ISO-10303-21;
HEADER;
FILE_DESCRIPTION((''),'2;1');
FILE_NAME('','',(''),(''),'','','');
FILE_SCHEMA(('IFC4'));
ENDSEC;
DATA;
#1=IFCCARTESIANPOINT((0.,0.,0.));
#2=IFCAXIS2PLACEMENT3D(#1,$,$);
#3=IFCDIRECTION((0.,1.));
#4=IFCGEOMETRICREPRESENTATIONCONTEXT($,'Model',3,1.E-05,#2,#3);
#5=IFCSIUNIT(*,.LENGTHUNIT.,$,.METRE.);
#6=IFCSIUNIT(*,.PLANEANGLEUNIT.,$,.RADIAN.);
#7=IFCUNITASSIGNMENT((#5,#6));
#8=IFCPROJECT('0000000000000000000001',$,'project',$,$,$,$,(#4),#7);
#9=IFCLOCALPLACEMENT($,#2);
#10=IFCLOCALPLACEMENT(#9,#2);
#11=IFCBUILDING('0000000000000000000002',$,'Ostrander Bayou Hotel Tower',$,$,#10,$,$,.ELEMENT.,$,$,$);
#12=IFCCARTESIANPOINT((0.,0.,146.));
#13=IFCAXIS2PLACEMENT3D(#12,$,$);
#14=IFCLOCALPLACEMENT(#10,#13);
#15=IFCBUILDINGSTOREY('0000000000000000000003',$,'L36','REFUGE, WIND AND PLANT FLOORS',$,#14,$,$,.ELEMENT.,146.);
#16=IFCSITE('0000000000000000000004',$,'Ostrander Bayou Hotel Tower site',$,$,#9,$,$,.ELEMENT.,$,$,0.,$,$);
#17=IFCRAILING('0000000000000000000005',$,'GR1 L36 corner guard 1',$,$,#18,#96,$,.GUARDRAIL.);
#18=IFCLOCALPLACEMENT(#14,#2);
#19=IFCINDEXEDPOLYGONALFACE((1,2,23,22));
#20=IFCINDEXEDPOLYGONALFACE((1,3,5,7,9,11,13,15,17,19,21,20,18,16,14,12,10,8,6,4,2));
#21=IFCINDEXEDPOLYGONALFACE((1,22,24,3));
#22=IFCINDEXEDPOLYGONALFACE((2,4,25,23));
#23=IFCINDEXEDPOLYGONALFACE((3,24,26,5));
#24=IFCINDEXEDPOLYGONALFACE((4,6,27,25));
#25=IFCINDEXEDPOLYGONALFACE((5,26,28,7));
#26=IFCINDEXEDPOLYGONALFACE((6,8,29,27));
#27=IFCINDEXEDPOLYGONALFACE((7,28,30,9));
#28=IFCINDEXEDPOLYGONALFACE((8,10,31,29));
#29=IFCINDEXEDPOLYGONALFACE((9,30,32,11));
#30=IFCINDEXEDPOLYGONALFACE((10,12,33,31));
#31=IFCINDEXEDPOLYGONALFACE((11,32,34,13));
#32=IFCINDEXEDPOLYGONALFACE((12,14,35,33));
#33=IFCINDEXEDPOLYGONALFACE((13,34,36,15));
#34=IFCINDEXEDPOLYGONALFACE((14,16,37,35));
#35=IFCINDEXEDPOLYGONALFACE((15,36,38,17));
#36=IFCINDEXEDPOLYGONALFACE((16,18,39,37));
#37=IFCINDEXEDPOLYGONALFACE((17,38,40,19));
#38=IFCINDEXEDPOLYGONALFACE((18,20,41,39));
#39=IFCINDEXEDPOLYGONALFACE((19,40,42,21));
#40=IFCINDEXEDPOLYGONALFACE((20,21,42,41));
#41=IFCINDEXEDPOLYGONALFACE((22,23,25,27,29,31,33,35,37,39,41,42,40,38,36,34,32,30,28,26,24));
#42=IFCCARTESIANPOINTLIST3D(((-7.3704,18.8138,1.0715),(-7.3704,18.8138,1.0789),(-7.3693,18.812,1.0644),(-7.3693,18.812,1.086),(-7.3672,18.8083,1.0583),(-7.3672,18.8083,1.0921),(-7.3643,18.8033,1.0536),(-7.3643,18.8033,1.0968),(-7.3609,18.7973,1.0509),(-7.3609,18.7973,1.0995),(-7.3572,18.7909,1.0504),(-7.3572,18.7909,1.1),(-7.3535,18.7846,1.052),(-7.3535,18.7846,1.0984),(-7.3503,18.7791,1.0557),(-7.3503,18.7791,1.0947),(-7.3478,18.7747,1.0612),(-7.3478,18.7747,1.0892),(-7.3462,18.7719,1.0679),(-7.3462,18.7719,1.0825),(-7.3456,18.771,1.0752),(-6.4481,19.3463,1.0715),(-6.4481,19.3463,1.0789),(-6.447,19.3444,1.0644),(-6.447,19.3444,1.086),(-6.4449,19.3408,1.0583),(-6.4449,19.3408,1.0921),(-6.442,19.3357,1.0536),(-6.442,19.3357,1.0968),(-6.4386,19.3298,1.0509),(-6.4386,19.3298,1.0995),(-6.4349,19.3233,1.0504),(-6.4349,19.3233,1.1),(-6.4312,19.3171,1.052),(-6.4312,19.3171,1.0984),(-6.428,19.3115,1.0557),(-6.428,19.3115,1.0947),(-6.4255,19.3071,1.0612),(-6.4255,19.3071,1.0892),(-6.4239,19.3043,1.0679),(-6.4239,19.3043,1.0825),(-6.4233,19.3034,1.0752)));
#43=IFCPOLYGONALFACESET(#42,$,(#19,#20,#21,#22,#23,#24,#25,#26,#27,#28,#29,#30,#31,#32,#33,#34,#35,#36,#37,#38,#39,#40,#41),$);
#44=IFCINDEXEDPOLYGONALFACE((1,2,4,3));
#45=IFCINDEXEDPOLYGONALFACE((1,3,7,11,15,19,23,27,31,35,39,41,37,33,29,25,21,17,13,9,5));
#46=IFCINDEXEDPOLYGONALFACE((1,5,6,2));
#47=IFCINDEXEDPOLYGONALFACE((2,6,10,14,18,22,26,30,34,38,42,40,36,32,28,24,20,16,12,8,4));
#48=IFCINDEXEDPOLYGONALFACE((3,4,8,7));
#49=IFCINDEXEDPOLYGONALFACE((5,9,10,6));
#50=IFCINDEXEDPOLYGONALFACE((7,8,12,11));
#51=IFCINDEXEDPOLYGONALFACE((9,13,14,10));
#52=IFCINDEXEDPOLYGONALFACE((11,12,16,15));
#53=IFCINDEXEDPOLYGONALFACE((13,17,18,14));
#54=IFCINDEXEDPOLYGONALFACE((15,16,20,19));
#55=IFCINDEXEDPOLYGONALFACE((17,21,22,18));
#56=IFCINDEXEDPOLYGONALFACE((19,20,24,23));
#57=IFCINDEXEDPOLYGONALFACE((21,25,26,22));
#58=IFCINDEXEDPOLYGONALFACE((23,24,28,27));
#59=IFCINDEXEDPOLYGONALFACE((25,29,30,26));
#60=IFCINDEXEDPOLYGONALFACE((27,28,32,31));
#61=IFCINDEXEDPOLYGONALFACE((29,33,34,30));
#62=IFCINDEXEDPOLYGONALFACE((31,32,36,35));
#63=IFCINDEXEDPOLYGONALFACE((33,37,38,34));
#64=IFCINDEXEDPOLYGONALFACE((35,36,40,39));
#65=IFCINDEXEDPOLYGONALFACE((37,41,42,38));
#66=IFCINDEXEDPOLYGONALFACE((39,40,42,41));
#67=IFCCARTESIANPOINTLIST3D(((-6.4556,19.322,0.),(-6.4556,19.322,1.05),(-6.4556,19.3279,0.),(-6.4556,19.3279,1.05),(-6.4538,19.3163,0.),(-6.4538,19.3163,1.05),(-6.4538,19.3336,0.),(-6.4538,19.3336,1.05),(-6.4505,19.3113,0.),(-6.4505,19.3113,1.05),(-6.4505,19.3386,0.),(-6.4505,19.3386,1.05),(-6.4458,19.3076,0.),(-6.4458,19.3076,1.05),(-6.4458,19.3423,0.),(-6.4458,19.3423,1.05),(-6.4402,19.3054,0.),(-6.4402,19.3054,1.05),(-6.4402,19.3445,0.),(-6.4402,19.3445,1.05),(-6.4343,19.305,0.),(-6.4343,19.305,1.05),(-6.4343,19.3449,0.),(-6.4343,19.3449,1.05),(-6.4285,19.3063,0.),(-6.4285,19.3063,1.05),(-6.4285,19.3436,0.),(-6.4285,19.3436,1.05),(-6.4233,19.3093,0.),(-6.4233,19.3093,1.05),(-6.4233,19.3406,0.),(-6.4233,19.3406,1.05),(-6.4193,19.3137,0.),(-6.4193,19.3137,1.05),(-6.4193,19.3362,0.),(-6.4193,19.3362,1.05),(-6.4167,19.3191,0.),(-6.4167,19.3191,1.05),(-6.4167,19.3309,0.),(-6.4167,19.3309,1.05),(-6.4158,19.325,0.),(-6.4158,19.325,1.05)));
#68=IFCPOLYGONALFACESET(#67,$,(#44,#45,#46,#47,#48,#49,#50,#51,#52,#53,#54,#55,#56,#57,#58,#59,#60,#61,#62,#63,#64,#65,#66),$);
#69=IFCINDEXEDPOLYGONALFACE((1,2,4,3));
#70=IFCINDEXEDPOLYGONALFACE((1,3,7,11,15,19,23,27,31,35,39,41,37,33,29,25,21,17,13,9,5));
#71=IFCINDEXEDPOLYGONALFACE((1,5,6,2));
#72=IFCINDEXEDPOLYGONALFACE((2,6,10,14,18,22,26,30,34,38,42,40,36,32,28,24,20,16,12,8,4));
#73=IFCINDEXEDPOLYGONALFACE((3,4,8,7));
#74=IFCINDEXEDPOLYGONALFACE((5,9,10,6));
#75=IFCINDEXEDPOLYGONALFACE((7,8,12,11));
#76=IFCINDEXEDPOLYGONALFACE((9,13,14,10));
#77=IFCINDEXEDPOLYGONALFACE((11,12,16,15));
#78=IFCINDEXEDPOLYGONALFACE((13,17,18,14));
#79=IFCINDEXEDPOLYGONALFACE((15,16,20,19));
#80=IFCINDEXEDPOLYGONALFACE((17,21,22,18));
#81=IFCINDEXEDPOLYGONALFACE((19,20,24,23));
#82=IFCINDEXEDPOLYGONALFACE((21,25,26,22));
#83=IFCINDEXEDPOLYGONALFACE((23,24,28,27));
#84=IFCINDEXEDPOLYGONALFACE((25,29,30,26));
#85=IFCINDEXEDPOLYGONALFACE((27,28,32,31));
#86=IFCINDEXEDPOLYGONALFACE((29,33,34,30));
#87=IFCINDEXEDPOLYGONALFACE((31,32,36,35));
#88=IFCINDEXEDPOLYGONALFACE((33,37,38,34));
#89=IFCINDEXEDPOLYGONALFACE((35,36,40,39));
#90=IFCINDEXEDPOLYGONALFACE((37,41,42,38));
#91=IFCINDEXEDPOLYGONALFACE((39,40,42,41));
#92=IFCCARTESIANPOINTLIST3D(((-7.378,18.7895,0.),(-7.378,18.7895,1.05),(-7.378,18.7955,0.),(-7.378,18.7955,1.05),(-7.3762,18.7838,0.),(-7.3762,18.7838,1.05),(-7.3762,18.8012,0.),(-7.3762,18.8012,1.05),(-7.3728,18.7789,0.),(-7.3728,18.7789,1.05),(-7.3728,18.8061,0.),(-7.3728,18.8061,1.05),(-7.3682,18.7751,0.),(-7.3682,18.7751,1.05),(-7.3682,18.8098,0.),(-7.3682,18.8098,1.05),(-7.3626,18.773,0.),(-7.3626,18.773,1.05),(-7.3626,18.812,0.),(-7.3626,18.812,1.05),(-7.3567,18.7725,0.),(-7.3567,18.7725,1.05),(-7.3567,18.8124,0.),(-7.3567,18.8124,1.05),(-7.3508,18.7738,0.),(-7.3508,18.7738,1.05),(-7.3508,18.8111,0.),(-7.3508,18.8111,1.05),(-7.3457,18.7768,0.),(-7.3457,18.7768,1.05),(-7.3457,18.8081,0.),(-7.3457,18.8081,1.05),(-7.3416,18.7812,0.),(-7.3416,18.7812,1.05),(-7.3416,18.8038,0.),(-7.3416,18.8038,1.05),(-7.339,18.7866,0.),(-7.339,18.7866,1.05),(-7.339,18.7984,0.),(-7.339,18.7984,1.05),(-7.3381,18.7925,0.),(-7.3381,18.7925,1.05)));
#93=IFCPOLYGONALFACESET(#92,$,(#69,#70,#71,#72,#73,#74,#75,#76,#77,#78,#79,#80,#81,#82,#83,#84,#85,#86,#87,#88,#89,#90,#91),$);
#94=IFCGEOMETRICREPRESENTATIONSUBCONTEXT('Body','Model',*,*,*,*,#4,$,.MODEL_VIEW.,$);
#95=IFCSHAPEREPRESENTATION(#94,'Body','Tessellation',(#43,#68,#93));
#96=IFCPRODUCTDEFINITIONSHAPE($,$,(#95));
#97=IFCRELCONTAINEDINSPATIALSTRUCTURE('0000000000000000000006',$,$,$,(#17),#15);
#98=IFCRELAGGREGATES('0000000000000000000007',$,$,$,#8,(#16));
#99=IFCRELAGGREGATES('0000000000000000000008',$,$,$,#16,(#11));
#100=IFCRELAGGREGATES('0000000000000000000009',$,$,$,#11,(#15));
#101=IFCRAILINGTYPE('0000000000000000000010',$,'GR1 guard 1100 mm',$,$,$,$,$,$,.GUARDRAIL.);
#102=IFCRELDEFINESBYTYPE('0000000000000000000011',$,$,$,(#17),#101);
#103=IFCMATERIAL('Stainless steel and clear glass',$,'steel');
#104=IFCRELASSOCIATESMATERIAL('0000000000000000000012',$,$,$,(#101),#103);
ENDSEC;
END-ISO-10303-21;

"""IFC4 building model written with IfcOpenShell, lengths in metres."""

from ifc_helpers import new_model, si_unit, direction, frame, origin, origin_2d, place, context, subcontext, project, spatial, circle, extrude, material, type_object, element, save


model = new_model("IFC4")

# Units and contexts
model_context = context("Model", 3, precision=1e-05, world=origin(), true_north=direction((0.0, 1.0)))
body_context = subcontext(model_context, "Body", "Model", "MODEL_VIEW")
ifc_project = project(units=[si_unit("LENGTHUNIT", "METRE"), si_unit("PLANEANGLEUNIT", "RADIAN")], contexts=[model_context])

# Site, building, storey
site_placement = place(None, origin())
site = spatial("IfcSite", under=ifc_project, at=site_placement, Name="Ostrander Bayou Hotel Tower site", CompositionType="ELEMENT", RefElevation=0.0)
building_placement = place(site_placement, origin())
building = spatial("IfcBuilding", under=site, at=building_placement, Name="Ostrander Bayou Hotel Tower", CompositionType="ELEMENT")
storey_placement = place(building_placement, frame((0.0, 0.0, 146.0)))
storey = spatial("IfcBuildingStorey", under=building, at=storey_placement, Name="L36", Description="REFUGE, WIND AND PLANT FLOORS", CompositionType="ELEMENT", Elevation=146.0)

# Railing
ifc_material_1 = material(Name="Stainless steel and clear glass", Category="steel")
railing_type = type_object("IfcRailingType", Name="GR1 guard 1100 mm", PredefinedType="GUARDRAIL", material=ifc_material_1)
railing_1_placement = place(storey_placement, frame((-6.4358, 19.325, 0.0)))
element("IfcRailing", 1, at=railing_1_placement, inside=storey, type_object=railing_type, Name="GR1 L36 corner guard 1", PredefinedType="GUARDRAIL", context=body_context, shape_type="SweptSolid", body=[
    extrude(circle(Radius=0.0249, at=origin_2d()), frame((0.0, 0.0, 1.0752), z_axis=(-0.866048, -0.499961, 0.0), x_axis=(0.499961, -0.866048, 0.0)), (0.0, 0.0, 1.0), 1.0649),
    extrude(circle(Radius=0.02, at=origin_2d()), origin(), (0.0, 0.0, 1.0), 1.05),
    extrude(circle(Radius=0.02, at=origin_2d()), frame((-0.9224, -0.5325, 0.0)), (0.0, 0.0, 1.0), 1.05),
])

save(model, "model.ifc")
